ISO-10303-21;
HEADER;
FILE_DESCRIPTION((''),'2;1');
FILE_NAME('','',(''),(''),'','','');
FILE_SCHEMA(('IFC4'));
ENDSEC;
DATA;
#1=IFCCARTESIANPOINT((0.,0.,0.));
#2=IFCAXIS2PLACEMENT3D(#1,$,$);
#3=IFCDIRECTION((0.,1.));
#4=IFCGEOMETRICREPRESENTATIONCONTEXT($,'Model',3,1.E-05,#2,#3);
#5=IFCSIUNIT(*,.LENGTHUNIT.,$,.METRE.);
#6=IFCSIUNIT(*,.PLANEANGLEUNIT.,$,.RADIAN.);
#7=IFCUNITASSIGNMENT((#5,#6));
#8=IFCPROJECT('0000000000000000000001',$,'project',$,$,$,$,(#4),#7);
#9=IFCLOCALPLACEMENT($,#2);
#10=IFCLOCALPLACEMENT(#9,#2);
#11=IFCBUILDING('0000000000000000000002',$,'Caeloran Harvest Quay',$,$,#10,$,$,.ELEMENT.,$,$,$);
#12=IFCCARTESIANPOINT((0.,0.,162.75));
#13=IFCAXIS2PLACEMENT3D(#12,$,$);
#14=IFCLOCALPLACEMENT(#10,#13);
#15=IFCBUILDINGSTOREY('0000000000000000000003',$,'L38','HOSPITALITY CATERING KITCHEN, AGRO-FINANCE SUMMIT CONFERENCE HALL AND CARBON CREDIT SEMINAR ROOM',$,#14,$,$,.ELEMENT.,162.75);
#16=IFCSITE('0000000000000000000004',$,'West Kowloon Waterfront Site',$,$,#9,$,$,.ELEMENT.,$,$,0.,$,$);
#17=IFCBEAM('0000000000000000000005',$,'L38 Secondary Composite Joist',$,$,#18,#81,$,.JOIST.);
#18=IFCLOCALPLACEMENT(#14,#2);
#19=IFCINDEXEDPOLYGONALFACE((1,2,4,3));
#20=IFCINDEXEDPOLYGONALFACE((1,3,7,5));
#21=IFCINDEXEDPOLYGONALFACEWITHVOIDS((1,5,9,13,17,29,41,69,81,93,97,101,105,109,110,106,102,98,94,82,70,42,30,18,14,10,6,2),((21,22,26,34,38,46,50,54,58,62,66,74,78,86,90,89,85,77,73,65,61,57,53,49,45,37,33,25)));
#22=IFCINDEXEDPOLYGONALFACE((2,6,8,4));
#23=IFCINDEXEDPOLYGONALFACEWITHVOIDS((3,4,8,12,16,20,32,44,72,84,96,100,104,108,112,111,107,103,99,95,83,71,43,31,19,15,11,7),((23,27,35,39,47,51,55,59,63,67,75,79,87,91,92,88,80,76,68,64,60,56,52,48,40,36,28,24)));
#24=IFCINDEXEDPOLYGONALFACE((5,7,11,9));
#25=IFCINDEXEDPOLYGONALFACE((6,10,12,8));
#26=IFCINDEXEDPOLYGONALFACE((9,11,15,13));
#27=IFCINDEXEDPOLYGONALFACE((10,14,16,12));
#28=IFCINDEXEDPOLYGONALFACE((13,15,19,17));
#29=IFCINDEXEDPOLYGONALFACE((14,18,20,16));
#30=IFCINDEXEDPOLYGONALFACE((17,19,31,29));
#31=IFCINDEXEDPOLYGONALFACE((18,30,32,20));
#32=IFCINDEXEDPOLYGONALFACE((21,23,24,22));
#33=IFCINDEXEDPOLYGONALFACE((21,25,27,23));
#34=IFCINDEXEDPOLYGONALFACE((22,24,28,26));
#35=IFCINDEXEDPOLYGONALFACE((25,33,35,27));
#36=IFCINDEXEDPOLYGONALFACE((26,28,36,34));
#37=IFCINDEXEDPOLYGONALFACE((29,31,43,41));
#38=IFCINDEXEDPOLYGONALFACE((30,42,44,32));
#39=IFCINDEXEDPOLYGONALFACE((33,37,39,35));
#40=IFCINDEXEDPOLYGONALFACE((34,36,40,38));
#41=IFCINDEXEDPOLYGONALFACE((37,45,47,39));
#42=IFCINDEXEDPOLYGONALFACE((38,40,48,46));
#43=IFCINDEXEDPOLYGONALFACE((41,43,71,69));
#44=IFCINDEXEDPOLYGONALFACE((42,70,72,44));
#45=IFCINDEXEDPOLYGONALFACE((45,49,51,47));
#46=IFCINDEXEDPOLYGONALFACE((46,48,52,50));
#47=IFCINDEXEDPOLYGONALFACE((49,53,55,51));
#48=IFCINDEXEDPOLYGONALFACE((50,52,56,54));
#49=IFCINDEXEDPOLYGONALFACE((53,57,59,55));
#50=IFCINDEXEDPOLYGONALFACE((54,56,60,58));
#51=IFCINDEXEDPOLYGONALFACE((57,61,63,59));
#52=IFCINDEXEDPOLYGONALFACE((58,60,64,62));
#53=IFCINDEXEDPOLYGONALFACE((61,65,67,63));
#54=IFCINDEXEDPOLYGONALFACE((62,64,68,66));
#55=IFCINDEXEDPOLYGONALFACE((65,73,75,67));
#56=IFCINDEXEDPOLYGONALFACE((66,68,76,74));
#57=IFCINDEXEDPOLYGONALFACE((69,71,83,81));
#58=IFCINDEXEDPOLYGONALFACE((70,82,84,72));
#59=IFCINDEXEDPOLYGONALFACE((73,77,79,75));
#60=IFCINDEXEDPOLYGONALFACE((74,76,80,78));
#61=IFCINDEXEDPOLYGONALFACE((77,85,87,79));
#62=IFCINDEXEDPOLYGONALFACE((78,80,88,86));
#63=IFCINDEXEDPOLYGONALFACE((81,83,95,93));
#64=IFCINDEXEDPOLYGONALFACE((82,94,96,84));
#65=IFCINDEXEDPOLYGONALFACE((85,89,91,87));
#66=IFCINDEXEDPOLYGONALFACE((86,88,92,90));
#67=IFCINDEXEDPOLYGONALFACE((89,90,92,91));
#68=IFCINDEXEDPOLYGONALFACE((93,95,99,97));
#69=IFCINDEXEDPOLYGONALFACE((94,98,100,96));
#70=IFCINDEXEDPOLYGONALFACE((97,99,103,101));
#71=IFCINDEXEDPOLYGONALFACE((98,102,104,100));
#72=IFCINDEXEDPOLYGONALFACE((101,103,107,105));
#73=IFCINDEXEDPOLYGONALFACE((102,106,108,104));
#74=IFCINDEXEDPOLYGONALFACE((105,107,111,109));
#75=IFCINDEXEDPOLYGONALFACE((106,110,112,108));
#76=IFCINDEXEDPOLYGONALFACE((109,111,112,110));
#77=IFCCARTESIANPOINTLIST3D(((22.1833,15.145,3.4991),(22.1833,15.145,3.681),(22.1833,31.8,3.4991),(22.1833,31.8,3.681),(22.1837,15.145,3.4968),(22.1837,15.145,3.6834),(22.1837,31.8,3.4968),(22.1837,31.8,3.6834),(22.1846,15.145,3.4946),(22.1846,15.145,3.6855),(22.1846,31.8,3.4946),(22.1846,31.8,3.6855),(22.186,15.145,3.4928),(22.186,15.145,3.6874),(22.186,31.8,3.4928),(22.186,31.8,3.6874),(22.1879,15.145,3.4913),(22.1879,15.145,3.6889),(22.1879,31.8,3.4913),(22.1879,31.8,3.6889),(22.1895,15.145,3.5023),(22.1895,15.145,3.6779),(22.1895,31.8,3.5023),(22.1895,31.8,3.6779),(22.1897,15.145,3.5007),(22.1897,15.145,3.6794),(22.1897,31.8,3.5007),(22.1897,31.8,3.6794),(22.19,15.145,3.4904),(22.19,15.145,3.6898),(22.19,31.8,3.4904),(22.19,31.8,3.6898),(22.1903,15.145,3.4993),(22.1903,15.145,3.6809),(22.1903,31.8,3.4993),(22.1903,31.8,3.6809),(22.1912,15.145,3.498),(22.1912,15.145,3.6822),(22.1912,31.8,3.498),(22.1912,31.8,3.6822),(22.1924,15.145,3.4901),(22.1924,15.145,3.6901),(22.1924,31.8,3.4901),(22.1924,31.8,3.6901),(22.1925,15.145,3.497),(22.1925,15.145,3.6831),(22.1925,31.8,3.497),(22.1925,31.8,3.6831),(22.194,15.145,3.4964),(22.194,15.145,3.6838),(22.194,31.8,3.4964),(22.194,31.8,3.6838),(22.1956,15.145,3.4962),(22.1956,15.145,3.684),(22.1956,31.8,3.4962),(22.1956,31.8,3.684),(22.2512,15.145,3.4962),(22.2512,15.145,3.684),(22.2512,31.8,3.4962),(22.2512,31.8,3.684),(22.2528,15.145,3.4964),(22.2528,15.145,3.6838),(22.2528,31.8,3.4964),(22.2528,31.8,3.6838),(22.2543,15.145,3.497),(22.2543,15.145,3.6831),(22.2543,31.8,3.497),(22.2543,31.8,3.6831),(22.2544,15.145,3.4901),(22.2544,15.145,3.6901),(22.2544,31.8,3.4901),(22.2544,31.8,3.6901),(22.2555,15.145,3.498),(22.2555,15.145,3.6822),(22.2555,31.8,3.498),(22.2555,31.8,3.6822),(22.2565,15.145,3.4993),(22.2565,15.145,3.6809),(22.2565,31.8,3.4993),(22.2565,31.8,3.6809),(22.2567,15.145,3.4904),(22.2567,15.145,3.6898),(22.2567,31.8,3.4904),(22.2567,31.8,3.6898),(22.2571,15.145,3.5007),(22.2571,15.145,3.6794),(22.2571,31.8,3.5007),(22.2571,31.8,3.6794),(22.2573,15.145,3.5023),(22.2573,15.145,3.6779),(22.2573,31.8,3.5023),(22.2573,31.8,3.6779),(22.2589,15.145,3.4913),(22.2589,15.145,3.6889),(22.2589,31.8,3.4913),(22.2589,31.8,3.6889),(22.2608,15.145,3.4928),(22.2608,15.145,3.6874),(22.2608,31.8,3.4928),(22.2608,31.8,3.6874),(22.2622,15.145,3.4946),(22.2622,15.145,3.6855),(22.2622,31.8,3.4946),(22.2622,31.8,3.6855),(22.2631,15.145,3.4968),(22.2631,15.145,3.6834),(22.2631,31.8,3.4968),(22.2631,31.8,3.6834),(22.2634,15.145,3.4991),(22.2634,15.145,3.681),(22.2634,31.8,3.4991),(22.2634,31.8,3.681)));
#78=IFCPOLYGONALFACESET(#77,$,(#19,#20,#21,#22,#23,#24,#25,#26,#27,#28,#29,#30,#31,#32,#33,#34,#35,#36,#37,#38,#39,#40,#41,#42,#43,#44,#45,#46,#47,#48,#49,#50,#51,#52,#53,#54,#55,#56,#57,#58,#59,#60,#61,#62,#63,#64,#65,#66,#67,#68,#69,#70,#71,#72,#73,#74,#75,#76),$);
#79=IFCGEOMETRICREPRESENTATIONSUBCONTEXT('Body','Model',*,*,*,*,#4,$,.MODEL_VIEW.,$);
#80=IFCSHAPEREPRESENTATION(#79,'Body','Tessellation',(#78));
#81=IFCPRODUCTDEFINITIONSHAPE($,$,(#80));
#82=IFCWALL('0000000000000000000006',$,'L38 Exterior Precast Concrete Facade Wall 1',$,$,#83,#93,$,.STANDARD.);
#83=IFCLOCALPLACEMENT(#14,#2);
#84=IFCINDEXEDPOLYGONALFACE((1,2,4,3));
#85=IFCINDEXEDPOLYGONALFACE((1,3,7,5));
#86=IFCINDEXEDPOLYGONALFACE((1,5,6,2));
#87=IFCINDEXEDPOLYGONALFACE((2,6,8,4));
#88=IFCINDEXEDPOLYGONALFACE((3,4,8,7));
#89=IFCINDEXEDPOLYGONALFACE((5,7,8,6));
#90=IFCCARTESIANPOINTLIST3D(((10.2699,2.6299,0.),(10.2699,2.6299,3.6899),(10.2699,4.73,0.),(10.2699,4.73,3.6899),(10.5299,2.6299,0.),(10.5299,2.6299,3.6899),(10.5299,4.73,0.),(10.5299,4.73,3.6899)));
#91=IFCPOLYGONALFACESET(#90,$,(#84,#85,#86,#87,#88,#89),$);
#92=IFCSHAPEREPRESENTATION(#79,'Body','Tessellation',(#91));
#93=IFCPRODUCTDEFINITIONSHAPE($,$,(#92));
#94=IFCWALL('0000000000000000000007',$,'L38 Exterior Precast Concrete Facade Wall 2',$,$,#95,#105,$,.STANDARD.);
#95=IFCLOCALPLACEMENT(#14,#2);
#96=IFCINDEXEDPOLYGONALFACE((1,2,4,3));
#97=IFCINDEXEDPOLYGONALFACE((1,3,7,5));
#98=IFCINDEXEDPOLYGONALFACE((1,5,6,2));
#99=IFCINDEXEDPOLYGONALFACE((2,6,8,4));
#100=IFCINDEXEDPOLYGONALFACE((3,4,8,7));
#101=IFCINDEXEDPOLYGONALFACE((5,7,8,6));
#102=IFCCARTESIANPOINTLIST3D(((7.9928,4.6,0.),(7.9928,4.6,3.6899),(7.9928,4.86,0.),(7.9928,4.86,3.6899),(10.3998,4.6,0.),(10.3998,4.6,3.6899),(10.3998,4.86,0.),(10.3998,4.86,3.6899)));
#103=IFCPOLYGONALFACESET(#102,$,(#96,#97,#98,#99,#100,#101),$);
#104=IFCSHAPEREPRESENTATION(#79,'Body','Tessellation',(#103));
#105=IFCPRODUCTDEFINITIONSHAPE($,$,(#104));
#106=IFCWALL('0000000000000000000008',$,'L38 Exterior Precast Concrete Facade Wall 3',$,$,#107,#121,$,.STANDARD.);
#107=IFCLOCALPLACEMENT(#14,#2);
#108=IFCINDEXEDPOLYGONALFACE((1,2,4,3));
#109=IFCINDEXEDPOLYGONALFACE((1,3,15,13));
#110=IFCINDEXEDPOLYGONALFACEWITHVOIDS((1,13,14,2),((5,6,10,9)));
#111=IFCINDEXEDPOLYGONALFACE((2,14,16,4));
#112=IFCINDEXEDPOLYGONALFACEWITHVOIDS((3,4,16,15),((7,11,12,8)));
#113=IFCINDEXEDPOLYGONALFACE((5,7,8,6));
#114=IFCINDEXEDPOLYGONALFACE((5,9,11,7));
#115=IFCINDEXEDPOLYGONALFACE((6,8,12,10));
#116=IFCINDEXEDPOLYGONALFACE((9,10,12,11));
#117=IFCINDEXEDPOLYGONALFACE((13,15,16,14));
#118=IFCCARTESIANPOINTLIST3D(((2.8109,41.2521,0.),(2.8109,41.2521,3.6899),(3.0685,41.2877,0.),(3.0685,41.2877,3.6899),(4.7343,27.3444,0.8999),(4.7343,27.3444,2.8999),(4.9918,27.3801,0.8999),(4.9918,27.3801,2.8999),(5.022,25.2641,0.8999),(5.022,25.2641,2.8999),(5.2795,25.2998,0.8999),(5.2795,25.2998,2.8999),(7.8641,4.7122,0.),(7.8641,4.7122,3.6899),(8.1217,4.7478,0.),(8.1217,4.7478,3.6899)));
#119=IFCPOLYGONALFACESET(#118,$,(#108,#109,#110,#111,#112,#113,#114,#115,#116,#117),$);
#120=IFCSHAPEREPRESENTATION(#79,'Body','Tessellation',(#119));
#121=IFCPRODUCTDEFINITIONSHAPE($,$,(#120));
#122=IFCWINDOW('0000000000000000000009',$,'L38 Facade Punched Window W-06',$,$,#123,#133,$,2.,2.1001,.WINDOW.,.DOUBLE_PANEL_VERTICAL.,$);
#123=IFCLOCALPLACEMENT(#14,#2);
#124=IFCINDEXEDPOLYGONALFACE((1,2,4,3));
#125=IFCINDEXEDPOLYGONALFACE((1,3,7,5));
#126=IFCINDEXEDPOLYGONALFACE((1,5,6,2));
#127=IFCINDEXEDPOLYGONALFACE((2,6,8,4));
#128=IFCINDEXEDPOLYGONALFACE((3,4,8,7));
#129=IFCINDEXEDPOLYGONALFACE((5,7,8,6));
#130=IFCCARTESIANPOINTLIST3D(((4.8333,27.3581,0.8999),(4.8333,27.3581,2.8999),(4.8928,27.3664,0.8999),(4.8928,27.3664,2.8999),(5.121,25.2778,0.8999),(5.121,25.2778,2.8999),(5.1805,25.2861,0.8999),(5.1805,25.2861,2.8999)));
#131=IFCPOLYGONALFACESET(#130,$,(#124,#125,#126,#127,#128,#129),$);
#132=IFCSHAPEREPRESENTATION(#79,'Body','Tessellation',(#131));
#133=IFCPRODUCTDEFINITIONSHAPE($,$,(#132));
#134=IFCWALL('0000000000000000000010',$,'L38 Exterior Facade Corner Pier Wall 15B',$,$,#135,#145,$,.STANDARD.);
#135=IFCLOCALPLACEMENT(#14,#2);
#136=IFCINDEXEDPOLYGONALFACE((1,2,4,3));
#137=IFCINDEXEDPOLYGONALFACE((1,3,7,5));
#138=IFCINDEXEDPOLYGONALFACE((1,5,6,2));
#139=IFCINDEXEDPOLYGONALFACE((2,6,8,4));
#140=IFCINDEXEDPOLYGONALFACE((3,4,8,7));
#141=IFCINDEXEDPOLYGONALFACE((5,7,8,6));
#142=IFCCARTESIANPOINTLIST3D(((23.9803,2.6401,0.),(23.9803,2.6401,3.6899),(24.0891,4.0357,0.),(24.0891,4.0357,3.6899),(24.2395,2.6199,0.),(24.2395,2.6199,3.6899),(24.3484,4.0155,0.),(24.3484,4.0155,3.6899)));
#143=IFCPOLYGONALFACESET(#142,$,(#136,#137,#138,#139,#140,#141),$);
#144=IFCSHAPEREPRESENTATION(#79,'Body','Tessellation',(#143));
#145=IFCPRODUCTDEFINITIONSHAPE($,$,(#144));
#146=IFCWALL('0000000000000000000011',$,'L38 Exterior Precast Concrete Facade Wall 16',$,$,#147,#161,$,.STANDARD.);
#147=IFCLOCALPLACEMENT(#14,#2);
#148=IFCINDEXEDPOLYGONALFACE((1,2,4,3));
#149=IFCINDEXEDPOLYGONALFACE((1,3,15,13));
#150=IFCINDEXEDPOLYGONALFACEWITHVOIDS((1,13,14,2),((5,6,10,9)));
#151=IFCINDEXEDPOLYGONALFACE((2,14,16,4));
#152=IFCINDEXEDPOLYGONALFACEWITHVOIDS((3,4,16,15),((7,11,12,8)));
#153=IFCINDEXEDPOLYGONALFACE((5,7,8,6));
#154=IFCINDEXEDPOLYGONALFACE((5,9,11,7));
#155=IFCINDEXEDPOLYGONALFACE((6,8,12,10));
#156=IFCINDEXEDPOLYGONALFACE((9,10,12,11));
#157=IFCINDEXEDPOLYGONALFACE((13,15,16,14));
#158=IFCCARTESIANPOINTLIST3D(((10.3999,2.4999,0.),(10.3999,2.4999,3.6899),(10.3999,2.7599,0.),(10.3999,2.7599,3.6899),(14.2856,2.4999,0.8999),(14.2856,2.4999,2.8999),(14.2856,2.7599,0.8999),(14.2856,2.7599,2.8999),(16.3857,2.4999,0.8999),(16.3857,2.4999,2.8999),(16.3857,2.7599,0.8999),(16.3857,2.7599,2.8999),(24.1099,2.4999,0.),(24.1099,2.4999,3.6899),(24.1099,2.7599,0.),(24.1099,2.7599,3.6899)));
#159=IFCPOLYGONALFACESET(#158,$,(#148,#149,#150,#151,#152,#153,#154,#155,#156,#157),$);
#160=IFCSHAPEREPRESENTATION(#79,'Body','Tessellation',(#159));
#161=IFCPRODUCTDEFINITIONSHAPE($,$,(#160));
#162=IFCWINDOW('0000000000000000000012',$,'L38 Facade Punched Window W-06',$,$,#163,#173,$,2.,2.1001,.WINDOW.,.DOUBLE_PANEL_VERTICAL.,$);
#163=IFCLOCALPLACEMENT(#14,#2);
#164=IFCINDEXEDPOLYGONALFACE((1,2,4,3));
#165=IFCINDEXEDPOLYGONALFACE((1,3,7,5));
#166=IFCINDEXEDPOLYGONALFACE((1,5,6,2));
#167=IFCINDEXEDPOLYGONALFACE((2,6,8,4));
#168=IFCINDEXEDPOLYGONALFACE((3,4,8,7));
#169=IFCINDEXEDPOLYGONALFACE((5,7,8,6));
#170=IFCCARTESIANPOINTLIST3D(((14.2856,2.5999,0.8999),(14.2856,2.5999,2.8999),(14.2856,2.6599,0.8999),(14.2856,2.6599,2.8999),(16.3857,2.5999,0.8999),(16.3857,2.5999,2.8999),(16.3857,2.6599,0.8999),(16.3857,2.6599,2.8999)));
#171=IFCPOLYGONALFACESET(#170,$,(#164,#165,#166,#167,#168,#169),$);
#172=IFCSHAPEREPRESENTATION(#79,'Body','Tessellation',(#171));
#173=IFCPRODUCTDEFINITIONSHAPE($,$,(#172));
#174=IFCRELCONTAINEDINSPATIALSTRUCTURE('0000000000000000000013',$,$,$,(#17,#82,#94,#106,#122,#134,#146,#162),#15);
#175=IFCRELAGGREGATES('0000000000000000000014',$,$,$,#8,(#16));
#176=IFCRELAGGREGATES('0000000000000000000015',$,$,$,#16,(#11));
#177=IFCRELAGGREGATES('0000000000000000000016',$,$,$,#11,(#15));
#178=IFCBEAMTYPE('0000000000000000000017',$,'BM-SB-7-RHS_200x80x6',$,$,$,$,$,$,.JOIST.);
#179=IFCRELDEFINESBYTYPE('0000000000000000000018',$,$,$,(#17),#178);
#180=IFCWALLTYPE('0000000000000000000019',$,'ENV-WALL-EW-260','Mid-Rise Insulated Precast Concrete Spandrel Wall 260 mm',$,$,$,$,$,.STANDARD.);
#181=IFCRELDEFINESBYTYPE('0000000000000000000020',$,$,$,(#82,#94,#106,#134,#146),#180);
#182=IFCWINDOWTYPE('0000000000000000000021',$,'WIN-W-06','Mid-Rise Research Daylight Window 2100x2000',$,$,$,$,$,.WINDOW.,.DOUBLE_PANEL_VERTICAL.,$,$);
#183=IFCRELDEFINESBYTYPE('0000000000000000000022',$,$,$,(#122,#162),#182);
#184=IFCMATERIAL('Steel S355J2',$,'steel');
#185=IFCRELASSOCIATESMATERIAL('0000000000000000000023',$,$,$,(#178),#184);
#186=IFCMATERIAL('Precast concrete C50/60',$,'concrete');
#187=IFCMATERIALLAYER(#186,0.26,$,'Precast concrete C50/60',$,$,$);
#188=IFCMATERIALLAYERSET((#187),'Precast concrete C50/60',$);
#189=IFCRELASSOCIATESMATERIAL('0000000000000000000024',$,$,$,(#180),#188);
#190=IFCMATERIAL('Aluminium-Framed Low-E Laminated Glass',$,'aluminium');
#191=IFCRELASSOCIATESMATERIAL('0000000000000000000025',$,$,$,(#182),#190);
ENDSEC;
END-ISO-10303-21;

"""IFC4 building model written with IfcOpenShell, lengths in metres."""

from ifc_helpers import new_model, si_unit, direction, frame, frame_2d, origin, origin_2d, place, context, subcontext, project, spatial, rectangle, hollow_rectangle, extrude, material, layer, layer_set, material_profile, profile_set, type_object, element, fill, save


model = new_model("IFC4")

# Units and contexts
model_context = context("Model", 3, precision=1e-05, world=origin(), true_north=direction((0.0, 1.0)))
body_context = subcontext(model_context, "Body", "Model", "MODEL_VIEW")
ifc_project = project(units=[si_unit("LENGTHUNIT", "METRE"), si_unit("PLANEANGLEUNIT", "RADIAN")], contexts=[model_context])

# Site, building, storey
site_placement = place(None, origin())
site = spatial("IfcSite", under=ifc_project, at=site_placement, Name="West Kowloon Waterfront Site", CompositionType="ELEMENT", RefElevation=0.0)
building_placement = place(site_placement, origin())
building = spatial("IfcBuilding", under=site, at=building_placement, Name="Caeloran Harvest Quay", CompositionType="ELEMENT")
storey_placement = place(building_placement, frame((0.0, 0.0, 162.75)))
storey = spatial("IfcBuildingStorey", under=building, at=storey_placement, Name="L38", Description="HOSPITALITY CATERING KITCHEN, AGRO-FINANCE SUMMIT CONFERENCE HALL AND CARBON CREDIT SEMINAR ROOM", CompositionType="ELEMENT", Elevation=162.75)

# Beam
ifc_material_1 = material(Name="Steel S355J2", Category="steel")
ifc_material_profile_1 = material_profile(ifc_material_1, hollow_rectangle(XDim=0.0801, YDim=0.2, WallThickness=0.0061, InnerFilletRadius=0.0061, OuterFilletRadius=0.009, at=origin_2d()), Name="RHS 200x80x6")
ifc_profile_set_1 = profile_set([ifc_material_profile_1], Name="Steel S355J2")
beam_type_1 = type_object("IfcBeamType", Name="BM-SB-7-RHS_200x80x6", PredefinedType="JOIST", material=ifc_profile_set_1)
for number, where, z_axis, x_axis, name in (
    (1, (22.2234, 15.145, 3.5901), (0.0, 1.0, 0.0), (-1.0, 0.0, 0.0), "L38 Secondary Composite Joist"),
):
    element("IfcBeam", number, at=place(storey_placement, frame(where, z_axis=z_axis, x_axis=x_axis)), inside=storey, type_object=beam_type_1, Name=name, PredefinedType="JOIST", context=body_context, shape_type="SweptSolid", body=[
        extrude(hollow_rectangle(XDim=0.0801, YDim=0.2, WallThickness=0.0061, InnerFilletRadius=0.0061, OuterFilletRadius=0.009, at=origin_2d()), origin(), (0.0, 0.0, 1.0), 16.655),
    ])

# Walls
ifc_material_2 = material(Name="Precast concrete C50/60", Category="concrete")
ifc_layer_1 = layer(ifc_material_2, 0.26, Name="Precast concrete C50/60")
ifc_layer_set_1 = layer_set([ifc_layer_1], Name="Precast concrete C50/60")
wall_type_1 = type_object("IfcWallType", Name="ENV-WALL-EW-260", Description="Mid-Rise Insulated Precast Concrete Spandrel Wall 260 mm", PredefinedType="STANDARD", material=ifc_layer_set_1)
wall_1_placement = place(storey_placement, frame((10.3999, 2.6299, 0.0), z_axis=(0.0, 0.0, 1.0), x_axis=(0.0, 1.0, 0.0)))
element("IfcWall", 2, at=wall_1_placement, inside=storey, type_object=wall_type_1, Name="L38 Exterior Precast Concrete Facade Wall 1", PredefinedType="STANDARD", context=body_context, shape_type="SweptSolid", body=[
    extrude(rectangle(XDim=2.1001, YDim=0.26, at=frame_2d((1.05, 0.0))), origin(), (0.0, 0.0, 1.0), 3.6899),
])
wall_2_placement = place(storey_placement, frame((10.3999, 4.73, 0.0), z_axis=(0.0, 0.0, 1.0), x_axis=(-1.0, 0.0, 0.0)))
element("IfcWall", 3, at=wall_2_placement, inside=storey, type_object=wall_type_1, Name="L38 Exterior Precast Concrete Facade Wall 2", PredefinedType="STANDARD", context=body_context, shape_type="SweptSolid", body=[
    extrude(rectangle(XDim=2.407, YDim=0.26, at=frame_2d((1.2036, 0.0))), origin(), (0.0, 0.0, 1.0), 3.6899),
])

# Wall, opening, window
wall_3_placement = place(storey_placement, frame((7.9929, 4.73, 0.0), z_axis=(0.0, 0.0, 1.0), x_axis=(-0.136989, 0.990573, 0.0)))
wall_3 = element("IfcWall", 4, at=wall_3_placement, inside=storey, type_object=wall_type_1, Name="L38 Exterior Precast Concrete Facade Wall 3", PredefinedType="STANDARD", context=body_context, shape_type="SweptSolid", body=[
    extrude(rectangle(XDim=36.8877, YDim=0.26, at=frame_2d((18.4438, 0.0))), origin(), (0.0, 0.0, 1.0), 3.6899),
])
opening_1_placement = place(wall_3_placement, frame((20.7476, 0.0, 0.8999)))
opening_1 = element("IfcOpeningElement", 5, at=opening_1_placement, cuts=wall_3, PredefinedType="OPENING", context=body_context, shape_type="SweptSolid", body=[
    extrude(rectangle(XDim=2.1001, YDim=2.0, at=frame_2d((1.05, 1.0))), frame((0.0, 0.1401, 0.0), z_axis=(0.0, -1.0, 0.0), x_axis=(1.0, 0.0, 0.0)), (0.0, 0.0, 1.0), 0.28),
])
ifc_material_3 = material(Name="Aluminium-Framed Low-E Laminated Glass", Category="aluminium")
window_type = type_object("IfcWindowType", Name="WIN-W-06", Description="Mid-Rise Research Daylight Window 2100x2000", PartitioningType="DOUBLE_PANEL_VERTICAL", PredefinedType="WINDOW", material=ifc_material_3)
window_1_placement = place(opening_1_placement, origin())
window_1 = element("IfcWindow", 6, at=window_1_placement, inside=storey, type_object=window_type, Name="L38 Facade Punched Window W-06", OverallHeight=2.0, OverallWidth=2.1001, PartitioningType="DOUBLE_PANEL_VERTICAL", PredefinedType="WINDOW", context=body_context, shape_type="SweptSolid", body=[
    extrude(rectangle(XDim=2.1001, YDim=2.0, at=frame_2d((1.05, 1.0))), frame((0.0, 0.03, 0.0), z_axis=(0.0, -1.0, 0.0), x_axis=(1.0, 0.0, 0.0)), (0.0, 0.0, 1.0), 0.0601),
])
fill(opening_1, window_1)

# Wall
wall_4_placement = place(storey_placement, frame((24.2188, 4.0256, 0.0), z_axis=(0.0, 0.0, 1.0), x_axis=(-0.077777, -0.996971, 0.0)))
element("IfcWall", 7, at=wall_4_placement, inside=storey, type_object=wall_type_1, Name="L38 Exterior Facade Corner Pier Wall 15B", PredefinedType="STANDARD", context=body_context, shape_type="SweptSolid", body=[
    extrude(rectangle(XDim=1.3999, YDim=0.26, at=frame_2d((0.7, 0.0))), origin(), (0.0, 0.0, 1.0), 3.6899),
])

# Wall, opening, window
wall_5_placement = place(storey_placement, frame((24.1099, 2.6299, 0.0), z_axis=(0.0, 0.0, 1.0), x_axis=(-1.0, 0.0, 0.0)))
wall_5 = element("IfcWall", 8, at=wall_5_placement, inside=storey, type_object=wall_type_1, Name="L38 Exterior Precast Concrete Facade Wall 16", PredefinedType="STANDARD", context=body_context, shape_type="SweptSolid", body=[
    extrude(rectangle(XDim=13.71, YDim=0.26, at=frame_2d((6.855, 0.0))), origin(), (0.0, 0.0, 1.0), 3.6899),
])
opening_2_placement = place(wall_5_placement, frame((7.7241, 0.0, 0.8999)))
opening_2 = element("IfcOpeningElement", 9, at=opening_2_placement, cuts=wall_5, PredefinedType="OPENING", context=body_context, shape_type="SweptSolid", body=[
    extrude(rectangle(XDim=2.1001, YDim=2.0, at=frame_2d((1.05, 1.0))), frame((0.0, 0.1401, 0.0), z_axis=(0.0, -1.0, 0.0), x_axis=(1.0, 0.0, 0.0)), (0.0, 0.0, 1.0), 0.28),
])
window_2_placement = place(opening_2_placement, origin())
window_2 = element("IfcWindow", 10, at=window_2_placement, inside=storey, type_object=window_type, Name="L38 Facade Punched Window W-06", OverallHeight=2.0, OverallWidth=2.1001, PartitioningType="DOUBLE_PANEL_VERTICAL", PredefinedType="WINDOW", context=body_context, shape_type="SweptSolid", body=[
    extrude(rectangle(XDim=2.1001, YDim=2.0, at=frame_2d((1.05, 1.0))), frame((0.0, 0.03, 0.0), z_axis=(0.0, -1.0, 0.0), x_axis=(1.0, 0.0, 0.0)), (0.0, 0.0, 1.0), 0.0601),
])
fill(opening_2, window_2)

save(model, "model.ifc")
